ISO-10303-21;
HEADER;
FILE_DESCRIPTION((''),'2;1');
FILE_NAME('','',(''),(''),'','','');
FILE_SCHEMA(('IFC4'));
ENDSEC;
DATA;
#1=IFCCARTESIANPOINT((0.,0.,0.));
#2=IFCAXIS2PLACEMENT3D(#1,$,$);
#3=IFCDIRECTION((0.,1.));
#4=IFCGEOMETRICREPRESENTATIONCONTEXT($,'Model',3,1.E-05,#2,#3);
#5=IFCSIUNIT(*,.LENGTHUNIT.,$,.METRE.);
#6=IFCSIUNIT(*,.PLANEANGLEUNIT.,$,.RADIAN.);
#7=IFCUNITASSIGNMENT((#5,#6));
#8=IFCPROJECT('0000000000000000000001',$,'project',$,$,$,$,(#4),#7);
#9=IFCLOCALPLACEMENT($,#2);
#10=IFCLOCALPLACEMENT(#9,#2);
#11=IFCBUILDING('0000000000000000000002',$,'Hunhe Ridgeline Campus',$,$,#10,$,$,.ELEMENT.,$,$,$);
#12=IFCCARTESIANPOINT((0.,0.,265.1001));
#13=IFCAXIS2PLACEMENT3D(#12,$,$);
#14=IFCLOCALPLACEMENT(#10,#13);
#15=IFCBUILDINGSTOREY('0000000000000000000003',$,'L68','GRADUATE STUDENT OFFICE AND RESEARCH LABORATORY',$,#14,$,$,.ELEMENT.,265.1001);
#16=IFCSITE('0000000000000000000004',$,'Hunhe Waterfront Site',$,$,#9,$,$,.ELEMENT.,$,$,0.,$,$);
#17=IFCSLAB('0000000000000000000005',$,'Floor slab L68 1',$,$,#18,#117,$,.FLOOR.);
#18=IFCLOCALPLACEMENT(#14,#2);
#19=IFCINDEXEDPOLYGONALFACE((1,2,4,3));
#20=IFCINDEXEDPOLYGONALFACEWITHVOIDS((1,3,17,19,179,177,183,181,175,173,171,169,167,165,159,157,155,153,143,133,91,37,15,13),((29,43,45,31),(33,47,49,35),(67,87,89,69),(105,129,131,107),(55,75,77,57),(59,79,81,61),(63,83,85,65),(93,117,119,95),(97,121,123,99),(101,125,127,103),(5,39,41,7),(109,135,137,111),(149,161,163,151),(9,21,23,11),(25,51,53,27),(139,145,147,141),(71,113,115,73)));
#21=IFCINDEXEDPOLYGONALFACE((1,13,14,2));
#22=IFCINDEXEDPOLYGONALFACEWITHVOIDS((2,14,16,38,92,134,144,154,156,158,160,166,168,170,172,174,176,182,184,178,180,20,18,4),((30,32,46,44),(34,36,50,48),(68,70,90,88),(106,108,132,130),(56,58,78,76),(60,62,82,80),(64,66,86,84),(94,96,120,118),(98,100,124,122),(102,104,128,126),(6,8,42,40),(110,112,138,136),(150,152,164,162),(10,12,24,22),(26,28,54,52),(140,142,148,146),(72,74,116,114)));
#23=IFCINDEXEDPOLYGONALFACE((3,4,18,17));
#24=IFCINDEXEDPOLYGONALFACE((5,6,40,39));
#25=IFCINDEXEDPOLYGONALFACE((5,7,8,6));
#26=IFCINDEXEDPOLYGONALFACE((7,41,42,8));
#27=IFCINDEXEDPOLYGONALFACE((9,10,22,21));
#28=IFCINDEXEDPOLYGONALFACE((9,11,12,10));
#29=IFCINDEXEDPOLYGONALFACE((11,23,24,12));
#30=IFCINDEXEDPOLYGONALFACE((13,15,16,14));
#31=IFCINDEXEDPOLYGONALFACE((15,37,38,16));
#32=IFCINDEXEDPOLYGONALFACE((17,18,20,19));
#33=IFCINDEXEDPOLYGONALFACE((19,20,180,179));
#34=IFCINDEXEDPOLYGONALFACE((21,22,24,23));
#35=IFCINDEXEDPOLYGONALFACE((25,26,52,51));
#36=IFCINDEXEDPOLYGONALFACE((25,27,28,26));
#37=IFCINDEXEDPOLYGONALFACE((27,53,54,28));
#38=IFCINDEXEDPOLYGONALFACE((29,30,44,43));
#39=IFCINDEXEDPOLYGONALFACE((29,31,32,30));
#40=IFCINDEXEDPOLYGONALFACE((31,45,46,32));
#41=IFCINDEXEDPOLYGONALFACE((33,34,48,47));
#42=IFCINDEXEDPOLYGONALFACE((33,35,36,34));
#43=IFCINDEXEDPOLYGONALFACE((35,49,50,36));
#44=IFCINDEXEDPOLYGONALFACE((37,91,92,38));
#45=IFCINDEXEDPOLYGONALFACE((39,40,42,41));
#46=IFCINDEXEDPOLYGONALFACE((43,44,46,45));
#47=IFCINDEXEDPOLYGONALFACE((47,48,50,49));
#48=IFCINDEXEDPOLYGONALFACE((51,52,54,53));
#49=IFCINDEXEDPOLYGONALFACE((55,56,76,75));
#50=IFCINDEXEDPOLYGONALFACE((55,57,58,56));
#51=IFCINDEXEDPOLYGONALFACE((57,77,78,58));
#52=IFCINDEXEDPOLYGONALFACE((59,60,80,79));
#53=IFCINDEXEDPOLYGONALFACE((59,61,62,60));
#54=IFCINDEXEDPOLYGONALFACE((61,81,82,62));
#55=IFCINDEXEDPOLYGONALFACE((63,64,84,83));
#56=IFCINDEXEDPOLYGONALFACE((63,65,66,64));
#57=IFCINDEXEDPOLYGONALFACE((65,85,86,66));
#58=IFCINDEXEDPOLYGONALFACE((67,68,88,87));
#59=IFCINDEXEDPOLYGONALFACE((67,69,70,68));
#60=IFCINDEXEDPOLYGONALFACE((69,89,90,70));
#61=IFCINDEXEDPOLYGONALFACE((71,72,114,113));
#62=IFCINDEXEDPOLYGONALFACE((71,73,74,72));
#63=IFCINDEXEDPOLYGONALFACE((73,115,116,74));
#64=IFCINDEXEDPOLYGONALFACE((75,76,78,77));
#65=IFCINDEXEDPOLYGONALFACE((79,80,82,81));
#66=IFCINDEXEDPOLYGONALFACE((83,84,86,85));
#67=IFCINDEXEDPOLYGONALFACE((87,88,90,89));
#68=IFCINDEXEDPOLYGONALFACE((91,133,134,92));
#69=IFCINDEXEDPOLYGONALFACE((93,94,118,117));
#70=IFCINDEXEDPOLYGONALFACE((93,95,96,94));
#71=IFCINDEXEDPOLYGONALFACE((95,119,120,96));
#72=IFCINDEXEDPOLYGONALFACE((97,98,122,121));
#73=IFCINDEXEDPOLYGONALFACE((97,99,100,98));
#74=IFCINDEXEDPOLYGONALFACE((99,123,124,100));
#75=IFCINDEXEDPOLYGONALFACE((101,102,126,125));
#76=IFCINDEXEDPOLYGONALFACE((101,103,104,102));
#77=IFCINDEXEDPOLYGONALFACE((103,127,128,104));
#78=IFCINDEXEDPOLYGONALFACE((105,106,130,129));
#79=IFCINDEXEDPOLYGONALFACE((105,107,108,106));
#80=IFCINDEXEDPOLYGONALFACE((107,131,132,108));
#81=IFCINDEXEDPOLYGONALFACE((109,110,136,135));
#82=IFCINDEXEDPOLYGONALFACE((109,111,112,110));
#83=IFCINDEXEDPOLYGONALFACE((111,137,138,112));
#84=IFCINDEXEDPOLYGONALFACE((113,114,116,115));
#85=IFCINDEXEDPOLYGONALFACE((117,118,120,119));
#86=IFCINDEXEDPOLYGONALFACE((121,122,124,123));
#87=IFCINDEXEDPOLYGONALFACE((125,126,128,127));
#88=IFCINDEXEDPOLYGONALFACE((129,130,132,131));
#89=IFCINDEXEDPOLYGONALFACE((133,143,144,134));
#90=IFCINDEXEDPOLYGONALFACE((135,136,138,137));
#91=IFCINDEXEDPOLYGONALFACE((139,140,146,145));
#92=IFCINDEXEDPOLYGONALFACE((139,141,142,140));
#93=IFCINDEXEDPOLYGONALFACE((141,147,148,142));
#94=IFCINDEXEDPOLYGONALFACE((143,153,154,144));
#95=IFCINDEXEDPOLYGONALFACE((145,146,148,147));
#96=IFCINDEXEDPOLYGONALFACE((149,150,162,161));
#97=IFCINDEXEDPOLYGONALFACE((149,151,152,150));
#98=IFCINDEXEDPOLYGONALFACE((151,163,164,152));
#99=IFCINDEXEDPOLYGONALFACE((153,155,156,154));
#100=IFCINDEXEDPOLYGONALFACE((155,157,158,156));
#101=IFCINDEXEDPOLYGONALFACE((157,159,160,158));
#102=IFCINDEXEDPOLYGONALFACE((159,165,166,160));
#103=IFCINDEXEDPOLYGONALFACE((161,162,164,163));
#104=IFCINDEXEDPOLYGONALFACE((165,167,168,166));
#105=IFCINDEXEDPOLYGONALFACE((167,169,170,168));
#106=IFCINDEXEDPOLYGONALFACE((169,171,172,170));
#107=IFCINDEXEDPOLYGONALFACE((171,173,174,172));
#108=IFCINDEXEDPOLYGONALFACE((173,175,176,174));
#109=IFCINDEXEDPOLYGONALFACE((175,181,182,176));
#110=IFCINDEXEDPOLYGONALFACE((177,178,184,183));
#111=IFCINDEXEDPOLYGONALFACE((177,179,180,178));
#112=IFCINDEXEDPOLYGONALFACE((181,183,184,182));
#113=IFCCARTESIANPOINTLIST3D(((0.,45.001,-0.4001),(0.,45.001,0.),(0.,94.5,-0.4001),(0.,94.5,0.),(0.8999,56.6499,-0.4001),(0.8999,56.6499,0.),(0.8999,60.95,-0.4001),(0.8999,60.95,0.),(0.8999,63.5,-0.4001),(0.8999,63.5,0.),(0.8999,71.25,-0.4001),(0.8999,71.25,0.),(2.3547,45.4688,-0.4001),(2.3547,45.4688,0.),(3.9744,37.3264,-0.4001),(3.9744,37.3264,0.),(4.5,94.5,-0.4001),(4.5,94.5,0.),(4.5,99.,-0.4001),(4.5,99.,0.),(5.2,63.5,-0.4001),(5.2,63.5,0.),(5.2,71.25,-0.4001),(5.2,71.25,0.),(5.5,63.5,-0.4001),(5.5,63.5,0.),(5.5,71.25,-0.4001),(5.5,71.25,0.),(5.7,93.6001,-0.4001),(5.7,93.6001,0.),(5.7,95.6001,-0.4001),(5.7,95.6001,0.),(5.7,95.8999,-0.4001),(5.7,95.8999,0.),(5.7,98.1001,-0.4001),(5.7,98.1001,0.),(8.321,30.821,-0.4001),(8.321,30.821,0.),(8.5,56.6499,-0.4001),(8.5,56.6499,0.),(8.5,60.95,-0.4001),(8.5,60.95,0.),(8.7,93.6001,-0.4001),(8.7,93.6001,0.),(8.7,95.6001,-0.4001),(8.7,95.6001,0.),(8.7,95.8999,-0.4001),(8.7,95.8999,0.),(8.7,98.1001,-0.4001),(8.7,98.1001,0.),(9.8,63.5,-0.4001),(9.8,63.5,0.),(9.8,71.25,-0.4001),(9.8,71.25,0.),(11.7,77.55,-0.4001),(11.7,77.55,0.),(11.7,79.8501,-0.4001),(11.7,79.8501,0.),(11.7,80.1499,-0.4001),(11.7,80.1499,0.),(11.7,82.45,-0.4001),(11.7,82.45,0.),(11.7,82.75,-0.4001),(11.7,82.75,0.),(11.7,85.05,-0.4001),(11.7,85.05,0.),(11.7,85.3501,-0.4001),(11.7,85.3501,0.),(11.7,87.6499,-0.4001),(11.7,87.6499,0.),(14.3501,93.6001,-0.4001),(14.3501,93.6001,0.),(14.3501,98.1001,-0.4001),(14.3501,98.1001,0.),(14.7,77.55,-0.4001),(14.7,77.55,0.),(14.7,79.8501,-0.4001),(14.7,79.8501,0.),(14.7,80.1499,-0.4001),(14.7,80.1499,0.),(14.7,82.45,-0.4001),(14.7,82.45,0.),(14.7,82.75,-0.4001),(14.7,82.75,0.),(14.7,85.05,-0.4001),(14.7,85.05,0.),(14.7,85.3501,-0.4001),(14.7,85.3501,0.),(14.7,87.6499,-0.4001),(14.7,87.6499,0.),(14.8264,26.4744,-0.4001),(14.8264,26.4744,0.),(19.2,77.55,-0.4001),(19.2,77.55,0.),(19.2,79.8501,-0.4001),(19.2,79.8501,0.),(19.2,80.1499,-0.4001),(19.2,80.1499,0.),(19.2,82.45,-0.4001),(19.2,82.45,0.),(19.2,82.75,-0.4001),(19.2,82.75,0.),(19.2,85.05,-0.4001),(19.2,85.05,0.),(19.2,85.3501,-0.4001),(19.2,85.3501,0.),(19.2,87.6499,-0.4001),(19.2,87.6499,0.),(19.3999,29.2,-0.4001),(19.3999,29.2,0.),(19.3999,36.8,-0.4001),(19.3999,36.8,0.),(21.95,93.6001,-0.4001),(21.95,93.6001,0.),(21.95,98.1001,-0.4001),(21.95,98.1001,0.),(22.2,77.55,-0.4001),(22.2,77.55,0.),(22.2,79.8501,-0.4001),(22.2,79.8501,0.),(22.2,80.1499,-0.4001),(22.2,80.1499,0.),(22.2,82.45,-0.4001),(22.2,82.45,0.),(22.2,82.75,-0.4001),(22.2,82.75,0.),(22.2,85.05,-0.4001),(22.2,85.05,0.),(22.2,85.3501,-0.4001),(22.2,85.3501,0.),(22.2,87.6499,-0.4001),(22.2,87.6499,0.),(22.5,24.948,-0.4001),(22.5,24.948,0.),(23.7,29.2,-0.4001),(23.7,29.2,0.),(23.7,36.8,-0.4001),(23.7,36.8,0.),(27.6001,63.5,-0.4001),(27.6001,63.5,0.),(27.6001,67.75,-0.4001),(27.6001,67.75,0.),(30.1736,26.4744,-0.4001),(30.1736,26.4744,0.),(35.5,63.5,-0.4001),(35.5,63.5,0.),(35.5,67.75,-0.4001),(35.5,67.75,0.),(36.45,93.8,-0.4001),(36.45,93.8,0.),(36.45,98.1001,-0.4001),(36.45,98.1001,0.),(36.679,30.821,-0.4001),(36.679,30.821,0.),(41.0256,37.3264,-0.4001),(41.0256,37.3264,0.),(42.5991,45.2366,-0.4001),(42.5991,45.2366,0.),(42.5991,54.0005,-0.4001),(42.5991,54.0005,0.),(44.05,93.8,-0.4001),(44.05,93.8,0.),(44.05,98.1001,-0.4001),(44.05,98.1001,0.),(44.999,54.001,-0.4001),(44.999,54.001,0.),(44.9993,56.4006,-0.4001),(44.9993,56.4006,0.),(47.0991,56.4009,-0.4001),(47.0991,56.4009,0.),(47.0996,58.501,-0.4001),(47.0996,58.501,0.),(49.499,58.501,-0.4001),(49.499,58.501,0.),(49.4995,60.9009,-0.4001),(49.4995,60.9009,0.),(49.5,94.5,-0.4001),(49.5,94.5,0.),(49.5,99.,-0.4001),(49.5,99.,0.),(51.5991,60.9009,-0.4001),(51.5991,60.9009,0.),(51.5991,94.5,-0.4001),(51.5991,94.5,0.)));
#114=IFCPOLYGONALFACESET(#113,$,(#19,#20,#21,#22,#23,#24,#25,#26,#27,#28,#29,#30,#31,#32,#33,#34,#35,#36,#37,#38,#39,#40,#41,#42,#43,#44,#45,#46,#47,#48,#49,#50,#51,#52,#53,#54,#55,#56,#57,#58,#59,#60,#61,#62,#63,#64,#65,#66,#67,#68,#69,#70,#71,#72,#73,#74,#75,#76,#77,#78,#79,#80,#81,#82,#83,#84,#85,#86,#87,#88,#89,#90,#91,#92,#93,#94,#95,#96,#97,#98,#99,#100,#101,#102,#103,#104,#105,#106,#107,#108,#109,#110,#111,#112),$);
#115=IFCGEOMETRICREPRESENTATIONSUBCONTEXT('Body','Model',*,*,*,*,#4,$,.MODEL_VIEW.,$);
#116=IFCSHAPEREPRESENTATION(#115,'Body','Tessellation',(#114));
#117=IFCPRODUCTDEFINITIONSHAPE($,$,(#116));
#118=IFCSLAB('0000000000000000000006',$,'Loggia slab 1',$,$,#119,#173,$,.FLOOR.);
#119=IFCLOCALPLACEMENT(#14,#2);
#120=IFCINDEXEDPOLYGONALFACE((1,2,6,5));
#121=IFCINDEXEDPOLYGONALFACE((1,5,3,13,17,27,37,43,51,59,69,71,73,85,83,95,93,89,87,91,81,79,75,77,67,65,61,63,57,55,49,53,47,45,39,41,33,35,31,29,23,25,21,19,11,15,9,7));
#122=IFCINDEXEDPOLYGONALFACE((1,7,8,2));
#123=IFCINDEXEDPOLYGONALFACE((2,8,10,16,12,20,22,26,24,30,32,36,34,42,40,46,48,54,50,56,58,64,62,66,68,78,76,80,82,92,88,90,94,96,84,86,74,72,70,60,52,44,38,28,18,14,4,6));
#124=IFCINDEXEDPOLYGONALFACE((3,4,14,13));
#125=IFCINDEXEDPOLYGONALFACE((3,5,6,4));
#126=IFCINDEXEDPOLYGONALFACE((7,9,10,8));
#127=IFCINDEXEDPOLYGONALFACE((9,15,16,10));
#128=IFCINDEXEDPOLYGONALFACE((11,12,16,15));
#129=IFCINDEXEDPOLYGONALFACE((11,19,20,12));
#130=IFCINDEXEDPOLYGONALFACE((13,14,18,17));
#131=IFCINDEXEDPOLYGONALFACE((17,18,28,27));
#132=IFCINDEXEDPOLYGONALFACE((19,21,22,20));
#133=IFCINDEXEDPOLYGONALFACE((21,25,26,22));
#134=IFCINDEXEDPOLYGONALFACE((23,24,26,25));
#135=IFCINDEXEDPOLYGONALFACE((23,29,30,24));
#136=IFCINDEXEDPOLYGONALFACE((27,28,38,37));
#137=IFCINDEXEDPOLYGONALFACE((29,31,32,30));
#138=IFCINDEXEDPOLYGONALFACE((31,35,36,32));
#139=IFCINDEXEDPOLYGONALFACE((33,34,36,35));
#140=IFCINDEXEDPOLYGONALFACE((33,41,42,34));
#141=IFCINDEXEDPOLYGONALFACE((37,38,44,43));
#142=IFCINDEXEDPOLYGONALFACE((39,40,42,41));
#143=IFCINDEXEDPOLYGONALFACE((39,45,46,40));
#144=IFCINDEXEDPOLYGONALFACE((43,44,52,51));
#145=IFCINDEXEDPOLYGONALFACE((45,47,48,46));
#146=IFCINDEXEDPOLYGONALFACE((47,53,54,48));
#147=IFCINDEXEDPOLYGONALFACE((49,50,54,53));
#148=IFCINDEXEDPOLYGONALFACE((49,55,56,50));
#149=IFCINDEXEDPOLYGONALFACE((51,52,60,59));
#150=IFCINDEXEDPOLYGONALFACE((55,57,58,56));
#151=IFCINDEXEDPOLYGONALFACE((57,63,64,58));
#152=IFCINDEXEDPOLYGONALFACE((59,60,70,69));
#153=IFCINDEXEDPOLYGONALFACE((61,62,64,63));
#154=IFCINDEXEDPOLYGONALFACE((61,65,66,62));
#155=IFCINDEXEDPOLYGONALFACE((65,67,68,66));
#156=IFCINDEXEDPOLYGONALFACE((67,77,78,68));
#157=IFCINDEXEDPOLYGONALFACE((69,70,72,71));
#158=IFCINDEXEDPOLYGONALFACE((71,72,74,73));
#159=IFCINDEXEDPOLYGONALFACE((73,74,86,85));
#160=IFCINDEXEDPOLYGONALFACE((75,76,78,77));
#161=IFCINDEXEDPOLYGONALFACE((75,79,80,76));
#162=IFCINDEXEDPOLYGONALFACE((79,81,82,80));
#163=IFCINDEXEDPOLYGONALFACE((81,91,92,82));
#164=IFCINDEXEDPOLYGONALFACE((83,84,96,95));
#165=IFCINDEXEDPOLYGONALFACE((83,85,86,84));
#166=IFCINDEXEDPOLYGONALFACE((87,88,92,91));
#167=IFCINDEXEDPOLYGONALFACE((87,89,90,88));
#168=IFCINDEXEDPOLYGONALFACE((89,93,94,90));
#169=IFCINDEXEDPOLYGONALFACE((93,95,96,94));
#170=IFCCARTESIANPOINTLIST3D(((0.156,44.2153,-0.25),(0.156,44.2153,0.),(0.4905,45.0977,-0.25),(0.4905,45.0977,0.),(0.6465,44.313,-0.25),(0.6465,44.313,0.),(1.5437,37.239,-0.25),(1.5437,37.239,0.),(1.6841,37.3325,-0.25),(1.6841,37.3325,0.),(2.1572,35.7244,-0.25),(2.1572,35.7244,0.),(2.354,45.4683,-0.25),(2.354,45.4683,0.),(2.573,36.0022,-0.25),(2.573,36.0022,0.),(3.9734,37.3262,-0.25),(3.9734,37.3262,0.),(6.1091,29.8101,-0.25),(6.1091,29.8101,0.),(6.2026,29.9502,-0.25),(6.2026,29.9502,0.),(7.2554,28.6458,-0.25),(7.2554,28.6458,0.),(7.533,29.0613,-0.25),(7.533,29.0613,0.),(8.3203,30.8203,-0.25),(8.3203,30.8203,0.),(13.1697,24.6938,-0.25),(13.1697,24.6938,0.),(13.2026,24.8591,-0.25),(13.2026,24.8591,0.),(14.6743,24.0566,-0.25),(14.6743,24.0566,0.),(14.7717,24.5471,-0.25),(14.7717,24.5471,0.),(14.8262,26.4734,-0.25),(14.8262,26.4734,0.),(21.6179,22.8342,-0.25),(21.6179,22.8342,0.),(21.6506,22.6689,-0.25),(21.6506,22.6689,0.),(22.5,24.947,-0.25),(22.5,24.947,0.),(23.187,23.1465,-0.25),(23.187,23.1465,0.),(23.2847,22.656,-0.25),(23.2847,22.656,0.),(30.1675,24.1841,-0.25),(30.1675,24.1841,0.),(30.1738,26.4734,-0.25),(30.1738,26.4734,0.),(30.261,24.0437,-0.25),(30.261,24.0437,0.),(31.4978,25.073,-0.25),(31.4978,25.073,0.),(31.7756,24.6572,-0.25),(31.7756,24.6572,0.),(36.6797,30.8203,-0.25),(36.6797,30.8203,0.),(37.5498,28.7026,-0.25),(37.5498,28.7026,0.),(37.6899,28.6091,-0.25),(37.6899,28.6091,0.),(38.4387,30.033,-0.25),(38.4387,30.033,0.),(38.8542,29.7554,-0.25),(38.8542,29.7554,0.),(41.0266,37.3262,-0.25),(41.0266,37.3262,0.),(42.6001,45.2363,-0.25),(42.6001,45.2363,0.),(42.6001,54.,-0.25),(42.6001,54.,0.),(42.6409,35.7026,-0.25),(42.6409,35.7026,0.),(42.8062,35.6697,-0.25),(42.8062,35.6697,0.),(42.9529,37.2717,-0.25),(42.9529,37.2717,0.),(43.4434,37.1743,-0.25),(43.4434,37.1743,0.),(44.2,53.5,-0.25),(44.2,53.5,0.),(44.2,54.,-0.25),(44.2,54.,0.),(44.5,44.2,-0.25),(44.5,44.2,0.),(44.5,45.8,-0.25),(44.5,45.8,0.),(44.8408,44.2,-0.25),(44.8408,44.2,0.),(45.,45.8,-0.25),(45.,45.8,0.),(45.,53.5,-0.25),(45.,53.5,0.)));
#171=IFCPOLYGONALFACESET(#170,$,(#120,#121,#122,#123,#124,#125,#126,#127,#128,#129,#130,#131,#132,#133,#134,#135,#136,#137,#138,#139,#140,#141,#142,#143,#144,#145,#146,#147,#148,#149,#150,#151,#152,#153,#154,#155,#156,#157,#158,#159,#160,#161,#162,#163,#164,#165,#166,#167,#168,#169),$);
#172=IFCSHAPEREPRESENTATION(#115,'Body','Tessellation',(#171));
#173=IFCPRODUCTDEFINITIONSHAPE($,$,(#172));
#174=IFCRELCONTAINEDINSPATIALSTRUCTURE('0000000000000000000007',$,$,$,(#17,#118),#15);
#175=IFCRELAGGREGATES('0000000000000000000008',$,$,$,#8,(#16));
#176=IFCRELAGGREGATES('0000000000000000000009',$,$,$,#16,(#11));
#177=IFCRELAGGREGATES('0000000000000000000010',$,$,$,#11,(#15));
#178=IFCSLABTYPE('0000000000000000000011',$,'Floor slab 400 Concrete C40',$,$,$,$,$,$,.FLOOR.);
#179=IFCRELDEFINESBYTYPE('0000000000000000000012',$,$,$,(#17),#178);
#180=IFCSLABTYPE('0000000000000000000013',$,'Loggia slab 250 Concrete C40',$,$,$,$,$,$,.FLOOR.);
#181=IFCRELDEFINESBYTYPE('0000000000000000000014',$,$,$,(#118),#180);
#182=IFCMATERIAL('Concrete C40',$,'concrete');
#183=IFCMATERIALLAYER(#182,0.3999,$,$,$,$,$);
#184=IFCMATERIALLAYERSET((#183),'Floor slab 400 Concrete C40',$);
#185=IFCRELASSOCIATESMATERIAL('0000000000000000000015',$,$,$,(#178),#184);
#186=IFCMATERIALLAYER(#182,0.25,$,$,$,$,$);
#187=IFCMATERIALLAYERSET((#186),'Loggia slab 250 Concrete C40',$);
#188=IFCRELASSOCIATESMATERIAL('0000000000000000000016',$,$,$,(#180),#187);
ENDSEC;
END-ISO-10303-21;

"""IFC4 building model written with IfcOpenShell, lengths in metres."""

from ifc_helpers import new_model, si_unit, direction, frame, origin, place, context, subcontext, project, spatial, polyline, outline, extrude, material, layer, layer_set, type_object, element, save


model = new_model("IFC4")

# Units and contexts
model_context = context("Model", 3, precision=1e-05, world=origin(), true_north=direction((0.0, 1.0)))
body_context = subcontext(model_context, "Body", "Model", "MODEL_VIEW")
ifc_project = project(units=[si_unit("LENGTHUNIT", "METRE"), si_unit("PLANEANGLEUNIT", "RADIAN")], contexts=[model_context])

# Site, building, storey
site_placement = place(None, origin())
site = spatial("IfcSite", under=ifc_project, at=site_placement, Name="Hunhe Waterfront Site", CompositionType="ELEMENT", RefElevation=0.0)
building_placement = place(site_placement, origin())
building = spatial("IfcBuilding", under=site, at=building_placement, Name="Hunhe Ridgeline Campus", CompositionType="ELEMENT")
storey_placement = place(building_placement, frame((0.0, 0.0, 265.1001)))
storey = spatial("IfcBuildingStorey", under=building, at=storey_placement, Name="L68", Description="GRADUATE STUDENT OFFICE AND RESEARCH LABORATORY", CompositionType="ELEMENT", Elevation=265.1001)

# Slabs
ifc_material_1 = material(Name="Concrete C40", Category="concrete")
ifc_layer_1 = layer(ifc_material_1, 0.3999)
ifc_layer_set_1 = layer_set([ifc_layer_1], Name="Floor slab 400 Concrete C40")
slab_type_1 = type_object("IfcSlabType", Name="Floor slab 400 Concrete C40", PredefinedType="FLOOR", material=ifc_layer_set_1)
slab_1_placement = place(storey_placement, frame((0.0, 0.0, -0.4001)))
element("IfcSlab", 1, at=slab_1_placement, inside=storey, type_object=slab_type_1, Name="Floor slab L68 1", PredefinedType="FLOOR", context=body_context, shape_type="SweptSolid", body=[
    extrude(outline(polyline([(36.679, 30.821), (41.0256, 37.3264), (42.5991, 45.2366), (42.5991, 54.0005), (44.999, 54.001), (44.9993, 56.4006), (47.0991, 56.4009), (47.0996, 58.501), (49.499, 58.501), (49.4995, 60.9009), (51.5991, 60.9009), (51.5991, 94.5), (49.5, 94.5), (49.5, 99.0), (4.5, 99.0), (4.5, 94.5), (0.0, 94.5), (0.0, 45.001), (2.3547, 45.4688), (3.9744, 37.3264), (8.321, 30.821), (14.8264, 26.4744), (22.5, 24.948), (30.1736, 26.4744), (36.679, 30.821)]), holes=[polyline([(36.45, 98.1001), (36.45, 93.8), (44.05, 93.8), (44.05, 98.1001), (36.45, 98.1001)]), polyline([(27.6001, 63.5), (35.5, 63.5), (35.5, 67.75), (27.6001, 67.75), (27.6001, 63.5)]), polyline([(19.3999, 36.8), (19.3999, 29.2), (23.7, 29.2), (23.7, 36.8), (19.3999, 36.8)]), polyline([(22.2, 87.6499), (19.2, 87.6499), (19.2, 85.3501), (22.2, 85.3501), (22.2, 87.6499)]), polyline([(22.2, 77.55), (22.2, 79.8501), (19.2, 79.8501), (19.2, 77.55), (22.2, 77.55)]), polyline([(19.2, 85.05), (19.2, 82.75), (22.2, 82.75), (22.2, 85.05), (19.2, 85.05)]), polyline([(19.2, 80.1499), (22.2, 80.1499), (22.2, 82.45), (19.2, 82.45), (19.2, 80.1499)]), polyline([(14.3501, 98.1001), (14.3501, 93.6001), (21.95, 93.6001), (21.95, 98.1001), (14.3501, 98.1001)]), polyline([(14.7, 87.6499), (11.7, 87.6499), (11.7, 85.3501), (14.7, 85.3501), (14.7, 87.6499)]), polyline([(14.7, 77.55), (14.7, 79.8501), (11.7, 79.8501), (11.7, 77.55), (14.7, 77.55)]), polyline([(11.7, 85.05), (11.7, 82.75), (14.7, 82.75), (14.7, 85.05), (11.7, 85.05)]), polyline([(11.7, 80.1499), (14.7, 80.1499), (14.7, 82.45), (11.7, 82.45), (11.7, 80.1499)]), polyline([(9.8, 63.5), (9.8, 71.25), (5.5, 71.25), (5.5, 63.5), (9.8, 63.5)]), polyline([(8.7, 93.6001), (8.7, 95.6001), (5.7, 95.6001), (5.7, 93.6001), (8.7, 93.6001)]), polyline([(5.7, 95.8999), (8.7, 95.8999), (8.7, 98.1001), (5.7, 98.1001), (5.7, 95.8999)]), polyline([(0.8999, 60.95), (0.8999, 56.6499), (8.5, 56.6499), (8.5, 60.95), (0.8999, 60.95)]), polyline([(5.2, 71.25), (0.8999, 71.25), (0.8999, 63.5), (5.2, 63.5), (5.2, 71.25)])]), origin(), (0.0, 0.0, 1.0), 0.4001),
])
ifc_layer_2 = layer(ifc_material_1, 0.25)
ifc_layer_set_2 = layer_set([ifc_layer_2], Name="Loggia slab 250 Concrete C40")
slab_type_2 = type_object("IfcSlabType", Name="Loggia slab 250 Concrete C40", PredefinedType="FLOOR", material=ifc_layer_set_2)
slab_2_placement = place(storey_placement, frame((0.0, 0.0, -0.25)))
element("IfcSlab", 2, at=slab_2_placement, inside=storey, type_object=slab_type_2, Name="Loggia slab 1", PredefinedType="FLOOR", context=body_context, shape_type="SweptSolid", body=[
    extrude(outline(polyline([(30.1738, 26.4734), (22.5, 24.947), (14.8262, 26.4734), (8.3203, 30.8203), (3.9734, 37.3262), (2.354, 45.4683), (0.4905, 45.0977), (0.6465, 44.313), (0.156, 44.2153), (1.5437, 37.239), (1.6841, 37.3325), (2.573, 36.0022), (2.1572, 35.7244), (6.1091, 29.8101), (6.2026, 29.9502), (7.533, 29.0613), (7.2554, 28.6458), (13.1697, 24.6938), (13.2026, 24.8591), (14.7717, 24.5471), (14.6743, 24.0566), (21.6506, 22.6689), (21.6179, 22.8342), (23.187, 23.1465), (23.2847, 22.656), (30.261, 24.0437), (30.1675, 24.1841), (31.4978, 25.073), (31.7756, 24.6572), (37.6899, 28.6091), (37.5498, 28.7026), (38.4387, 30.033), (38.8542, 29.7554), (42.8062, 35.6697), (42.6409, 35.7026), (42.9529, 37.2717), (43.4434, 37.1743), (44.8408, 44.2), (44.5, 44.2), (44.5, 45.8), (45.0, 45.8), (45.0, 53.5), (44.2, 53.5), (44.2, 54.0), (42.6001, 54.0), (42.6001, 45.2363), (41.0266, 37.3262), (36.6797, 30.8203), (30.1738, 26.4734)])), origin(), (0.0, 0.0, 1.0), 0.25),
])

save(model, "model.ifc")
